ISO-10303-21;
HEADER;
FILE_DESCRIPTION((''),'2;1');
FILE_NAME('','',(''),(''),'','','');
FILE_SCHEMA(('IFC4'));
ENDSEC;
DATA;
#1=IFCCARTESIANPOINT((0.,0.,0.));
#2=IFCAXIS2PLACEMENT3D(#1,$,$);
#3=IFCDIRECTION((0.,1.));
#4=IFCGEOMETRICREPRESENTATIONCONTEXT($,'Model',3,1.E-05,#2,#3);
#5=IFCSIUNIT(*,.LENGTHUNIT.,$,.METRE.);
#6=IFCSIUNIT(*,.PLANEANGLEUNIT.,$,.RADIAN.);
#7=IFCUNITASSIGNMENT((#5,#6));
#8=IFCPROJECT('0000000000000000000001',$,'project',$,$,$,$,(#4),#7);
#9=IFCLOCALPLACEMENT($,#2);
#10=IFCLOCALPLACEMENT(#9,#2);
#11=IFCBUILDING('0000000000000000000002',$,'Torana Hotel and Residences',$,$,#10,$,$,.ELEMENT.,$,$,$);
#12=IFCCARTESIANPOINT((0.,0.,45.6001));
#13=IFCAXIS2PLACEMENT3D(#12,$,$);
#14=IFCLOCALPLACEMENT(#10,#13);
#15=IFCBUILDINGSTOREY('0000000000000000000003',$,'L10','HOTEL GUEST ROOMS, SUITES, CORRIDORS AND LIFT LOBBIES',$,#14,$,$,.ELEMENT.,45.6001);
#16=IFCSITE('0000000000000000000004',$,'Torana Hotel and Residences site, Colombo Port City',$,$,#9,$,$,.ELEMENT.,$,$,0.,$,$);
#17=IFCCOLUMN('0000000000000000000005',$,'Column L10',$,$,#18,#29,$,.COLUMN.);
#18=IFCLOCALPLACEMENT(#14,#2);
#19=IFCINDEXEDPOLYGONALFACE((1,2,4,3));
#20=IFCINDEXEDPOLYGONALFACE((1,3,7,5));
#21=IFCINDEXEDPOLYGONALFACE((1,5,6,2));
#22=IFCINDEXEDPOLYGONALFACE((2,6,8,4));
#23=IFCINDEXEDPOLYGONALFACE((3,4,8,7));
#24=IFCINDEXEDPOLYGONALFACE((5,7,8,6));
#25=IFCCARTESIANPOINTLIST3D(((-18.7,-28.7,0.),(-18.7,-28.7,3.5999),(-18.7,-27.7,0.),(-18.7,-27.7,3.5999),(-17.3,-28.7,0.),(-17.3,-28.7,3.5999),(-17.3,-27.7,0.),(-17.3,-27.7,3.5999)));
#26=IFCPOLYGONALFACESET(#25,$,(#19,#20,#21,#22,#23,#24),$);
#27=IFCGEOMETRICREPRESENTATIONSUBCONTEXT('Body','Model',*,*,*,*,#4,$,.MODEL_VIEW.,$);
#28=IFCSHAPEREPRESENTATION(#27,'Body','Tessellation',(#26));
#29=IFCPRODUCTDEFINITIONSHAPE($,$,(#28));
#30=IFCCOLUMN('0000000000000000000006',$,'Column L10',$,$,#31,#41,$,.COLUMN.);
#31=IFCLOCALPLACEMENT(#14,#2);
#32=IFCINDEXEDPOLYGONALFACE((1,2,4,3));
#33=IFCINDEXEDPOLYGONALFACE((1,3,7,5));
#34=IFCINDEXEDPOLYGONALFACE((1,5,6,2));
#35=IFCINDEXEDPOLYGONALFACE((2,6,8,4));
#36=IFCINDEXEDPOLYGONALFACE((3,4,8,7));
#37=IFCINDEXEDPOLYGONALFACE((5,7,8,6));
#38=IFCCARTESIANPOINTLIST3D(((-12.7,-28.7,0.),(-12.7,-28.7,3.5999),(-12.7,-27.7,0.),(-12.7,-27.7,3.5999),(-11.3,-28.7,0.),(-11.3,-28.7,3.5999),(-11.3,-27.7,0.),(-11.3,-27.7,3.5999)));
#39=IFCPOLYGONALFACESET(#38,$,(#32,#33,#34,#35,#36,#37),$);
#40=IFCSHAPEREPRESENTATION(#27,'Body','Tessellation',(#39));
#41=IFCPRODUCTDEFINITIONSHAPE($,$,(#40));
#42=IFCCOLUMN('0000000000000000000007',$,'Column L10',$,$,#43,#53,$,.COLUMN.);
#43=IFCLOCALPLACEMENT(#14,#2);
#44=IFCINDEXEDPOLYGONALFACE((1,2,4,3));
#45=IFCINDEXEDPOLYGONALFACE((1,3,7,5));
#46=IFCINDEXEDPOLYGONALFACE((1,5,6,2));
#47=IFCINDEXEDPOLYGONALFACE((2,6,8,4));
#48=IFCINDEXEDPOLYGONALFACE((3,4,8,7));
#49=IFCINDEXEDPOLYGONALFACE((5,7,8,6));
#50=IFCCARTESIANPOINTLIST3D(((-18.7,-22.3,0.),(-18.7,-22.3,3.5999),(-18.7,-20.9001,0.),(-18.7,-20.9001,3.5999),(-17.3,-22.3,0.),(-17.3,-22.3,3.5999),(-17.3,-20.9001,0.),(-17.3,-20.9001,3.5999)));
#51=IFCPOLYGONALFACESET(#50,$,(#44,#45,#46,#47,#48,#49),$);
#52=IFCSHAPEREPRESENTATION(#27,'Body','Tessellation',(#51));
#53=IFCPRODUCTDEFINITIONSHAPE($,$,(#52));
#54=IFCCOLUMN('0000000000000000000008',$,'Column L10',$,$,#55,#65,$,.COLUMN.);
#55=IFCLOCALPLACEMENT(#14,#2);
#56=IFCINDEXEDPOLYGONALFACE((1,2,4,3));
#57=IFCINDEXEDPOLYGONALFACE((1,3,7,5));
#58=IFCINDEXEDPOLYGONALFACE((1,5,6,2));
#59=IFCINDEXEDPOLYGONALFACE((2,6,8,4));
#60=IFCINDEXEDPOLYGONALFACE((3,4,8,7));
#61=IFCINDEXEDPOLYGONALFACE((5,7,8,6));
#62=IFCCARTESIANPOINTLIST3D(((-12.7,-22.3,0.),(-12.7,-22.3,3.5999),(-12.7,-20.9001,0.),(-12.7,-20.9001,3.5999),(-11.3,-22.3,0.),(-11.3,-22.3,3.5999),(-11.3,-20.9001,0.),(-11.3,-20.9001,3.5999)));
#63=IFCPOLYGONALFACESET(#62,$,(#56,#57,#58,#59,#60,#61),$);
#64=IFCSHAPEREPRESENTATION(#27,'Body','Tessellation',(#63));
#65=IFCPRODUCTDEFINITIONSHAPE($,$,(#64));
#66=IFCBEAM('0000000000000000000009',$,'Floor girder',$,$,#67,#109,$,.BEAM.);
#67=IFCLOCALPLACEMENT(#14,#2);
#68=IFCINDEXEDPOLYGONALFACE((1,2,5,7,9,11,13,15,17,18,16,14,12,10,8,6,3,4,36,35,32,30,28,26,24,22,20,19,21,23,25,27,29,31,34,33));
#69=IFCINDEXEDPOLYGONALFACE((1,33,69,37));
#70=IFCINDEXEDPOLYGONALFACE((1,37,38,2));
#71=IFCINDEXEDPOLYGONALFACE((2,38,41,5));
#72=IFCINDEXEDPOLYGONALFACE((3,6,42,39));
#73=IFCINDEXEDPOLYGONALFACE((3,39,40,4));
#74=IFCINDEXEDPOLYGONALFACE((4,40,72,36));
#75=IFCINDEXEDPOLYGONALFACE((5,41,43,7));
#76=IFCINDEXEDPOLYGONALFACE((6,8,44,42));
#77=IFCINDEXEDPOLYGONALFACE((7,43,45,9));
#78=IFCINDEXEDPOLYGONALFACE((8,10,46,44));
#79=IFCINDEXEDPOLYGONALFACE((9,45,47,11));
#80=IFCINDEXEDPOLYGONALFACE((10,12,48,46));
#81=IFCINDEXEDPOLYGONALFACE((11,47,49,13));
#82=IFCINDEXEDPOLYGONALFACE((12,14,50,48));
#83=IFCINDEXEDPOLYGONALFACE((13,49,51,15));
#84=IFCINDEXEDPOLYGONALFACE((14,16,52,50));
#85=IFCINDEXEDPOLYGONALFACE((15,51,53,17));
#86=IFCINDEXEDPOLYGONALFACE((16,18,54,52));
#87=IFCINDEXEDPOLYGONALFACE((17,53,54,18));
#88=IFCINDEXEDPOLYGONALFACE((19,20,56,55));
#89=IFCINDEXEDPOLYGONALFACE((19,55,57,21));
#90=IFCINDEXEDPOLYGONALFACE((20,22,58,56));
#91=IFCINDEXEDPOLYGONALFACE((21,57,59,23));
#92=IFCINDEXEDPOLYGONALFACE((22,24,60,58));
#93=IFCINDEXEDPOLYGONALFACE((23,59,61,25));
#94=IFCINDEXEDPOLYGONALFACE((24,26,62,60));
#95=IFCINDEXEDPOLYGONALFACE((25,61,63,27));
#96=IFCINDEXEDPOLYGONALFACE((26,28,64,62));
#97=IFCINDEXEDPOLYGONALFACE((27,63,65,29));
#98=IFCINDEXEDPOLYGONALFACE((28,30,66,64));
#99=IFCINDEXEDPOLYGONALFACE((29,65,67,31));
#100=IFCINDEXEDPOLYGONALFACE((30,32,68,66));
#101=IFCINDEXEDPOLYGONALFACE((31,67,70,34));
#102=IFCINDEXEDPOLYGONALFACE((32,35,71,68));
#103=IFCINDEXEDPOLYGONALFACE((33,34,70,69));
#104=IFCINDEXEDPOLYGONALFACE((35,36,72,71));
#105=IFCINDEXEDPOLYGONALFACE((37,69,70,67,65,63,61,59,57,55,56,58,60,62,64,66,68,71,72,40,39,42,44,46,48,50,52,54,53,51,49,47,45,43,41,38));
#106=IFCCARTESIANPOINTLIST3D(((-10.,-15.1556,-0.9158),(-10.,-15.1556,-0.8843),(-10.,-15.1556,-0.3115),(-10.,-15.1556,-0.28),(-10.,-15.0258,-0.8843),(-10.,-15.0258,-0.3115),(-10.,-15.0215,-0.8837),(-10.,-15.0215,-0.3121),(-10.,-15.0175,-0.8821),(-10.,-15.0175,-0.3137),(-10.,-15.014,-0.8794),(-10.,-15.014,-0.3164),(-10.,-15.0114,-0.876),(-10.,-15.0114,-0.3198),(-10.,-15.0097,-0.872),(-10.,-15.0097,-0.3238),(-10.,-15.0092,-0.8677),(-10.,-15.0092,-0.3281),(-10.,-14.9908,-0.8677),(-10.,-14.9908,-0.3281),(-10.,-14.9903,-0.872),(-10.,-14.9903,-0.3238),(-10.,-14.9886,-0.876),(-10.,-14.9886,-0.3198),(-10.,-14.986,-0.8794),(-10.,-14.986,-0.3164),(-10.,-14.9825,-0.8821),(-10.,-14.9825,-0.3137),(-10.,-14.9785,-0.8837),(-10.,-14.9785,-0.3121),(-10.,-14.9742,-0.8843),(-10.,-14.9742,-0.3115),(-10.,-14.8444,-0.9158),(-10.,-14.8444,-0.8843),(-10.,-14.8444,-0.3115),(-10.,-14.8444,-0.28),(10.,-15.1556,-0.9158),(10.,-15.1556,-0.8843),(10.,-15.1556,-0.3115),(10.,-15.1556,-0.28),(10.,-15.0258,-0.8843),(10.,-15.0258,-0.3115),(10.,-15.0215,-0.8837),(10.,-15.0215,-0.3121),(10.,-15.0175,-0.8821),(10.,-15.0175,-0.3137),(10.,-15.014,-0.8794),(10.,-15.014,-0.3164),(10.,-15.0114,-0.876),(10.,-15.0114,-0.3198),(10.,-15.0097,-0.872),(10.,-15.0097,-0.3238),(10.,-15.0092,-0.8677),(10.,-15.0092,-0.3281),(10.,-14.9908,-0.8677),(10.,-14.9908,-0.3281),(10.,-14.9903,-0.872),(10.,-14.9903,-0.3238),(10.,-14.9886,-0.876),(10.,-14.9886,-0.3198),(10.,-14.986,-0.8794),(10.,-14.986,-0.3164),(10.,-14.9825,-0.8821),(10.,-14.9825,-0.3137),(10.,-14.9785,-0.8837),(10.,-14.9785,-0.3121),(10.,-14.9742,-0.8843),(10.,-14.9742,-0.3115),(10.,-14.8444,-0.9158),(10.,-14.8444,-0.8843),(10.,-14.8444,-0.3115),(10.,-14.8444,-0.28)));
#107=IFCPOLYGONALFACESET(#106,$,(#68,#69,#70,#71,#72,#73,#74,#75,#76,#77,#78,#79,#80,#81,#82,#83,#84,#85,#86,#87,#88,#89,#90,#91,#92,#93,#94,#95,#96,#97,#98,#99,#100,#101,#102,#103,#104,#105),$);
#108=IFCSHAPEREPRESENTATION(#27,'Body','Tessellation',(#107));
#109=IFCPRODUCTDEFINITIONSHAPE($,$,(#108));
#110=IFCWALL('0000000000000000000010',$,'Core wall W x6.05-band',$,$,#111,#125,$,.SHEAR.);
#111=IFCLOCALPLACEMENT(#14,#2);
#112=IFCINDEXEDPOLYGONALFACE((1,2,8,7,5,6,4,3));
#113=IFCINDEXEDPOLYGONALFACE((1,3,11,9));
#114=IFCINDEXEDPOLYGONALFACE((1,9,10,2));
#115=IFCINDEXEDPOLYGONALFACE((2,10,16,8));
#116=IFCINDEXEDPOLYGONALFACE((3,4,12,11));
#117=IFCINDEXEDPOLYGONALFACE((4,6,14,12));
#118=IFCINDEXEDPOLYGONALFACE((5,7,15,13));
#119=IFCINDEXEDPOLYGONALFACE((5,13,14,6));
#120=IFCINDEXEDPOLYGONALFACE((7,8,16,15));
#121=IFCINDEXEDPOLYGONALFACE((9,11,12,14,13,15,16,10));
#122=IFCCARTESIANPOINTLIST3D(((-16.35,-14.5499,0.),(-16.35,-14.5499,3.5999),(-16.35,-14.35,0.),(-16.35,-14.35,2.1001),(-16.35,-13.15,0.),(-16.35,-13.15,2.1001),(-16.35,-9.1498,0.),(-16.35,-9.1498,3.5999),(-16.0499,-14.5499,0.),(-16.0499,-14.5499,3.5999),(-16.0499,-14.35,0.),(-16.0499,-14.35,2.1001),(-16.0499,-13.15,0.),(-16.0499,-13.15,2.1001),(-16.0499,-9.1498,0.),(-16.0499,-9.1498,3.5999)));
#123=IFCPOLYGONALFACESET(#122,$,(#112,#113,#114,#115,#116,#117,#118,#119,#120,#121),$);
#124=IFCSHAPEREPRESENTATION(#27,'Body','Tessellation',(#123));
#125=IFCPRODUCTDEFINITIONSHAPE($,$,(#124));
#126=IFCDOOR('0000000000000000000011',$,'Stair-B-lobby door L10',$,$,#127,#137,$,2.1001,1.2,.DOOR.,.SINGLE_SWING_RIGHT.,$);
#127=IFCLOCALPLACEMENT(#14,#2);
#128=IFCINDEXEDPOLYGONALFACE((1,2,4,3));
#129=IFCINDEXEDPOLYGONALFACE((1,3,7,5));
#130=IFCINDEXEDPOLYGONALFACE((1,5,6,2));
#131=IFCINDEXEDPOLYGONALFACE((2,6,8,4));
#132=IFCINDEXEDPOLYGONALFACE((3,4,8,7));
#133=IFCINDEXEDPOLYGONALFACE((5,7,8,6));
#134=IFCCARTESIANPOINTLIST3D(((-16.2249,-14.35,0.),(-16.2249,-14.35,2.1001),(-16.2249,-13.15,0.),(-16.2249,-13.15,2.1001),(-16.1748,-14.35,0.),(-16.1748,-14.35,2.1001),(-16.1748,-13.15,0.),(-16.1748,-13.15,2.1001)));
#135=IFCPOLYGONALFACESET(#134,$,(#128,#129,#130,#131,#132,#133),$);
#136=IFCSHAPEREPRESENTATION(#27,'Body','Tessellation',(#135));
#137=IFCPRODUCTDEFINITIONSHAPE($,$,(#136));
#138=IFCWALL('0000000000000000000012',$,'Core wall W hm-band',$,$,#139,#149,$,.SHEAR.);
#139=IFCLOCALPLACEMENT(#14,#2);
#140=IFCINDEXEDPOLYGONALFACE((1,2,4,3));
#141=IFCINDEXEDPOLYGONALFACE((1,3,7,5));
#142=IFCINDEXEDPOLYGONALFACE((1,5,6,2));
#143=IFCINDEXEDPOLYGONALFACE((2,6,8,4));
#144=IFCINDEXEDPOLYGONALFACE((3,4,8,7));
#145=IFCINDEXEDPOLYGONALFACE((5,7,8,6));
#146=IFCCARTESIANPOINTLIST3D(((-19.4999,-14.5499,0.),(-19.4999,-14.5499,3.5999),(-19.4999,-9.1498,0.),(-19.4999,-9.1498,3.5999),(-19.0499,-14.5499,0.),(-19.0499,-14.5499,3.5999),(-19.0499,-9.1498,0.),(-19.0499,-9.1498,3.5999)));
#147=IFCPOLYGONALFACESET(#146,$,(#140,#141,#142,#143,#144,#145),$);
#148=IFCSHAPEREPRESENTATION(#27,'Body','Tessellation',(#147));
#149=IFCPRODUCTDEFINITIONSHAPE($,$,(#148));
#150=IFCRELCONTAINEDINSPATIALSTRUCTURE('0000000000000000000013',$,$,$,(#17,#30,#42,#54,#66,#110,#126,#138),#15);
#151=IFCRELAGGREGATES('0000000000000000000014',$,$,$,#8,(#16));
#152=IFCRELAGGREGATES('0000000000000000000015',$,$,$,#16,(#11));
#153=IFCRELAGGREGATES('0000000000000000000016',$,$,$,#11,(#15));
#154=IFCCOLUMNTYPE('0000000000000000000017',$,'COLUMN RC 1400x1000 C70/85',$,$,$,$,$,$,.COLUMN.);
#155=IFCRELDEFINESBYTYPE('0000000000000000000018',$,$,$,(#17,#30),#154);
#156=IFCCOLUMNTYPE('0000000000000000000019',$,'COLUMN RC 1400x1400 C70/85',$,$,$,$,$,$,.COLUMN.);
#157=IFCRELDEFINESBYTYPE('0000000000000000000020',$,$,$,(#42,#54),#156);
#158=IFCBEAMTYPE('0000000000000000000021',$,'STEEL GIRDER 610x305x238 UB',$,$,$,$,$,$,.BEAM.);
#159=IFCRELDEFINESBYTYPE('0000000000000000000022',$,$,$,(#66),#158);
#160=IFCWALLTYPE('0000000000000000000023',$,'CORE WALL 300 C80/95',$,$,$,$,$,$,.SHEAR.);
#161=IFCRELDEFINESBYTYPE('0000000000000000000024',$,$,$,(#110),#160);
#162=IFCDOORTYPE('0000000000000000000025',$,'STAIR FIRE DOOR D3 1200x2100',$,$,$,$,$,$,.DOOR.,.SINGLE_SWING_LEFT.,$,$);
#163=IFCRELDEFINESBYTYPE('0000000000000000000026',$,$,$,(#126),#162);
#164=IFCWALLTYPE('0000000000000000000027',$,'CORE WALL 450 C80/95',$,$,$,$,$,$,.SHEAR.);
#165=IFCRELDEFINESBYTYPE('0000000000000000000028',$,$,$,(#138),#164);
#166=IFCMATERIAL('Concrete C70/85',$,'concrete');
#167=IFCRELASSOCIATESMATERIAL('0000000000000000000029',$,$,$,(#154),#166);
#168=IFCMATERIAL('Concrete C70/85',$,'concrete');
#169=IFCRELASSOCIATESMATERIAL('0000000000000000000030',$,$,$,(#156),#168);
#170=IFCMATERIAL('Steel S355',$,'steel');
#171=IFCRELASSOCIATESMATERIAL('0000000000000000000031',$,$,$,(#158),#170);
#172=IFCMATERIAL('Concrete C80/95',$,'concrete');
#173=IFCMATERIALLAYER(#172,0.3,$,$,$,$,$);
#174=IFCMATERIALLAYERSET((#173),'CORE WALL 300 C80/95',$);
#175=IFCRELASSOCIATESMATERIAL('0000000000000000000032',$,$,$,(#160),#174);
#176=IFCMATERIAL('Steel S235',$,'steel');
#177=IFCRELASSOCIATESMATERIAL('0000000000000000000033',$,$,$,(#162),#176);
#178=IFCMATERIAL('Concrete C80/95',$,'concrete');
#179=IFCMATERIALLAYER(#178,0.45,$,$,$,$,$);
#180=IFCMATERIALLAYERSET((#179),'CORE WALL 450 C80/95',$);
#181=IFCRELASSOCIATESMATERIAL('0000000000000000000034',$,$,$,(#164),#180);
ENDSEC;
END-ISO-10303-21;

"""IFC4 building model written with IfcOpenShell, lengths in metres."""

from ifc_helpers import new_model, si_unit, direction, frame, frame_2d, origin, origin_2d, place, context, subcontext, project, spatial, rectangle, i_section, extrude, material, layer, layer_set, material_profile, profile_set, type_object, element, fill, save


model = new_model("IFC4")

# Units and contexts
model_context = context("Model", 3, precision=1e-05, world=origin(), true_north=direction((0.0, 1.0)))
body_context = subcontext(model_context, "Body", "Model", "MODEL_VIEW")
ifc_project = project(units=[si_unit("LENGTHUNIT", "METRE"), si_unit("PLANEANGLEUNIT", "RADIAN")], contexts=[model_context])

# Site, building, storey
site_placement = place(None, origin())
site = spatial("IfcSite", under=ifc_project, at=site_placement, Name="Torana Hotel and Residences site, Colombo Port City", CompositionType="ELEMENT", RefElevation=0.0)
building_placement = place(site_placement, origin())
building = spatial("IfcBuilding", under=site, at=building_placement, Name="Torana Hotel and Residences", CompositionType="ELEMENT")
storey_placement = place(building_placement, frame((0.0, 0.0, 45.6001)))
storey = spatial("IfcBuildingStorey", under=building, at=storey_placement, Name="L10", Description="HOTEL GUEST ROOMS, SUITES, CORRIDORS AND LIFT LOBBIES", CompositionType="ELEMENT", Elevation=45.6001)

# Columns
ifc_material_1 = material(Name="Concrete C70/85", Category="concrete")
ifc_material_profile_1 = material_profile(ifc_material_1, rectangle(XDim=1.3999, YDim=1.0, at=origin_2d()), Name="RC 1400x1000")
ifc_profile_set_1 = profile_set([ifc_material_profile_1], Name="Concrete C70/85")
column_type_1 = type_object("IfcColumnType", Name="COLUMN RC 1400x1000 C70/85", PredefinedType="COLUMN", material=ifc_profile_set_1)
for number, where, z_axis, x_axis, name in (
    (1, (-18.0, -28.2, 0.0), (0.0, 0.0, 1.0), (1.0, 0.0, 0.0), "Column L10"),
    (2, (-12.0, -28.2, 0.0), (0.0, 0.0, 1.0), (1.0, 0.0, 0.0), "Column L10"),
):
    element("IfcColumn", number, at=place(storey_placement, frame(where, z_axis=z_axis, x_axis=x_axis)), inside=storey, type_object=column_type_1, Name=name, PredefinedType="COLUMN", context=body_context, shape_type="SweptSolid", body=[
        extrude(rectangle(XDim=1.3999, YDim=1.0, at=origin_2d()), origin(), (0.0, 0.0, 1.0), 3.5999),
    ])
ifc_material_2 = material(Name="Concrete C70/85", Category="concrete")
ifc_material_profile_2 = material_profile(ifc_material_2, rectangle(XDim=1.3999, YDim=1.3999, at=origin_2d()), Name="RC 1400x1400")
ifc_profile_set_2 = profile_set([ifc_material_profile_2], Name="Concrete C70/85")
column_type_2 = type_object("IfcColumnType", Name="COLUMN RC 1400x1400 C70/85", PredefinedType="COLUMN", material=ifc_profile_set_2)
for number, where, z_axis, x_axis, name in (
    (3, (-18.0, -21.6001, 0.0), (0.0, 0.0, 1.0), (1.0, 0.0, 0.0), "Column L10"),
    (4, (-12.0, -21.6001, 0.0), (0.0, 0.0, 1.0), (1.0, 0.0, 0.0), "Column L10"),
):
    element("IfcColumn", number, at=place(storey_placement, frame(where, z_axis=z_axis, x_axis=x_axis)), inside=storey, type_object=column_type_2, Name=name, PredefinedType="COLUMN", context=body_context, shape_type="SweptSolid", body=[
        extrude(rectangle(XDim=1.3999, YDim=1.3999, at=origin_2d()), origin(), (0.0, 0.0, 1.0), 3.5999),
    ])

# Beam
ifc_material_3 = material(Name="Steel S355", Category="steel")
ifc_material_profile_3 = material_profile(ifc_material_3, i_section(OverallWidth=0.3113, OverallDepth=0.6357, WebThickness=0.0183, FlangeThickness=0.0315, FilletRadius=0.0166, at=origin_2d()), Name="610x305x238 UB")
ifc_profile_set_3 = profile_set([ifc_material_profile_3], Name="Steel S355")
beam_type = type_object("IfcBeamType", Name="STEEL GIRDER 610x305x238 UB", PredefinedType="BEAM", material=ifc_profile_set_3)
beam_placement = place(storey_placement, frame((-10.0, -15.0, -0.5979), z_axis=(1.0, 0.0, 0.0), x_axis=(0.0, 1.0, 0.0)))
element("IfcBeam", 5, at=beam_placement, inside=storey, type_object=beam_type, Name="Floor girder", PredefinedType="BEAM", context=body_context, shape_type="SweptSolid", body=[
    extrude(i_section(OverallWidth=0.3113, OverallDepth=0.6357, WebThickness=0.0183, FlangeThickness=0.0315, FilletRadius=0.0166, at=origin_2d()), origin(), (0.0, 0.0, 1.0), 20.0),
])

# Wall, opening, door
ifc_material_4 = material(Name="Concrete C80/95", Category="concrete")
ifc_layer_1 = layer(ifc_material_4, 0.3)
ifc_layer_set_1 = layer_set([ifc_layer_1], Name="CORE WALL 300 C80/95")
wall_type_1 = type_object("IfcWallType", Name="CORE WALL 300 C80/95", PredefinedType="SHEAR", material=ifc_layer_set_1)
wall_1_placement = place(storey_placement, frame((-16.2, -14.55, 0.0), z_axis=(0.0, 0.0, 1.0), x_axis=(0.0, 1.0, 0.0)))
wall_1 = element("IfcWall", 6, at=wall_1_placement, inside=storey, type_object=wall_type_1, Name="Core wall W x6.05-band", PredefinedType="SHEAR", context=body_context, shape_type="SweptSolid", body=[
    extrude(rectangle(XDim=5.4001, YDim=0.3, at=frame_2d((2.7002, 0.0))), origin(), (0.0, 0.0, 1.0), 3.5999),
])
opening_1_placement = place(wall_1_placement, frame((0.2, 0.0, 0.0)))
opening_1 = element("IfcOpeningElement", 7, at=opening_1_placement, cuts=wall_1, PredefinedType="OPENING", context=body_context, shape_type="SweptSolid", body=[
    extrude(rectangle(XDim=1.2, YDim=2.1001, at=frame_2d((0.6001, 1.05))), frame((0.0, 0.1599, 0.0), z_axis=(0.0, -1.0, 0.0), x_axis=(1.0, 0.0, 0.0)), (0.0, 0.0, 1.0), 0.3201),
])
ifc_material_5 = material(Name="Steel S235", Category="steel")
door_type_1 = type_object("IfcDoorType", Name="STAIR FIRE DOOR D3 1200x2100", OperationType="SINGLE_SWING_LEFT", PredefinedType="DOOR", material=ifc_material_5)
door_1_placement = place(opening_1_placement, origin())
door_1 = element("IfcDoor", 8, at=door_1_placement, inside=storey, type_object=door_type_1, Name="Stair-B-lobby door L10", OperationType="SINGLE_SWING_RIGHT", OverallHeight=2.1001, OverallWidth=1.2, PredefinedType="DOOR", context=body_context, shape_type="SweptSolid", body=[
    extrude(rectangle(XDim=1.2, YDim=2.1001, at=frame_2d((0.6001, 1.05))), frame((0.0, 0.0249, 0.0), z_axis=(0.0, -1.0, 0.0), x_axis=(1.0, 0.0, 0.0)), (0.0, 0.0, 1.0), 0.05),
])
fill(opening_1, door_1)

# Wall
ifc_material_6 = material(Name="Concrete C80/95", Category="concrete")
ifc_layer_2 = layer(ifc_material_6, 0.45)
ifc_layer_set_2 = layer_set([ifc_layer_2], Name="CORE WALL 450 C80/95")
wall_type_2 = type_object("IfcWallType", Name="CORE WALL 450 C80/95", PredefinedType="SHEAR", material=ifc_layer_set_2)
wall_2_placement = place(storey_placement, frame((-19.2749, -14.55, 0.0), z_axis=(0.0, 0.0, 1.0), x_axis=(0.0, 1.0, 0.0)))
element("IfcWall", 9, at=wall_2_placement, inside=storey, type_object=wall_type_2, Name="Core wall W hm-band", PredefinedType="SHEAR", context=body_context, shape_type="SweptSolid", body=[
    extrude(rectangle(XDim=5.4001, YDim=0.45, at=frame_2d((2.7002, 0.0))), origin(), (0.0, 0.0, 1.0), 3.5999),
])

save(model, "model.ifc")
